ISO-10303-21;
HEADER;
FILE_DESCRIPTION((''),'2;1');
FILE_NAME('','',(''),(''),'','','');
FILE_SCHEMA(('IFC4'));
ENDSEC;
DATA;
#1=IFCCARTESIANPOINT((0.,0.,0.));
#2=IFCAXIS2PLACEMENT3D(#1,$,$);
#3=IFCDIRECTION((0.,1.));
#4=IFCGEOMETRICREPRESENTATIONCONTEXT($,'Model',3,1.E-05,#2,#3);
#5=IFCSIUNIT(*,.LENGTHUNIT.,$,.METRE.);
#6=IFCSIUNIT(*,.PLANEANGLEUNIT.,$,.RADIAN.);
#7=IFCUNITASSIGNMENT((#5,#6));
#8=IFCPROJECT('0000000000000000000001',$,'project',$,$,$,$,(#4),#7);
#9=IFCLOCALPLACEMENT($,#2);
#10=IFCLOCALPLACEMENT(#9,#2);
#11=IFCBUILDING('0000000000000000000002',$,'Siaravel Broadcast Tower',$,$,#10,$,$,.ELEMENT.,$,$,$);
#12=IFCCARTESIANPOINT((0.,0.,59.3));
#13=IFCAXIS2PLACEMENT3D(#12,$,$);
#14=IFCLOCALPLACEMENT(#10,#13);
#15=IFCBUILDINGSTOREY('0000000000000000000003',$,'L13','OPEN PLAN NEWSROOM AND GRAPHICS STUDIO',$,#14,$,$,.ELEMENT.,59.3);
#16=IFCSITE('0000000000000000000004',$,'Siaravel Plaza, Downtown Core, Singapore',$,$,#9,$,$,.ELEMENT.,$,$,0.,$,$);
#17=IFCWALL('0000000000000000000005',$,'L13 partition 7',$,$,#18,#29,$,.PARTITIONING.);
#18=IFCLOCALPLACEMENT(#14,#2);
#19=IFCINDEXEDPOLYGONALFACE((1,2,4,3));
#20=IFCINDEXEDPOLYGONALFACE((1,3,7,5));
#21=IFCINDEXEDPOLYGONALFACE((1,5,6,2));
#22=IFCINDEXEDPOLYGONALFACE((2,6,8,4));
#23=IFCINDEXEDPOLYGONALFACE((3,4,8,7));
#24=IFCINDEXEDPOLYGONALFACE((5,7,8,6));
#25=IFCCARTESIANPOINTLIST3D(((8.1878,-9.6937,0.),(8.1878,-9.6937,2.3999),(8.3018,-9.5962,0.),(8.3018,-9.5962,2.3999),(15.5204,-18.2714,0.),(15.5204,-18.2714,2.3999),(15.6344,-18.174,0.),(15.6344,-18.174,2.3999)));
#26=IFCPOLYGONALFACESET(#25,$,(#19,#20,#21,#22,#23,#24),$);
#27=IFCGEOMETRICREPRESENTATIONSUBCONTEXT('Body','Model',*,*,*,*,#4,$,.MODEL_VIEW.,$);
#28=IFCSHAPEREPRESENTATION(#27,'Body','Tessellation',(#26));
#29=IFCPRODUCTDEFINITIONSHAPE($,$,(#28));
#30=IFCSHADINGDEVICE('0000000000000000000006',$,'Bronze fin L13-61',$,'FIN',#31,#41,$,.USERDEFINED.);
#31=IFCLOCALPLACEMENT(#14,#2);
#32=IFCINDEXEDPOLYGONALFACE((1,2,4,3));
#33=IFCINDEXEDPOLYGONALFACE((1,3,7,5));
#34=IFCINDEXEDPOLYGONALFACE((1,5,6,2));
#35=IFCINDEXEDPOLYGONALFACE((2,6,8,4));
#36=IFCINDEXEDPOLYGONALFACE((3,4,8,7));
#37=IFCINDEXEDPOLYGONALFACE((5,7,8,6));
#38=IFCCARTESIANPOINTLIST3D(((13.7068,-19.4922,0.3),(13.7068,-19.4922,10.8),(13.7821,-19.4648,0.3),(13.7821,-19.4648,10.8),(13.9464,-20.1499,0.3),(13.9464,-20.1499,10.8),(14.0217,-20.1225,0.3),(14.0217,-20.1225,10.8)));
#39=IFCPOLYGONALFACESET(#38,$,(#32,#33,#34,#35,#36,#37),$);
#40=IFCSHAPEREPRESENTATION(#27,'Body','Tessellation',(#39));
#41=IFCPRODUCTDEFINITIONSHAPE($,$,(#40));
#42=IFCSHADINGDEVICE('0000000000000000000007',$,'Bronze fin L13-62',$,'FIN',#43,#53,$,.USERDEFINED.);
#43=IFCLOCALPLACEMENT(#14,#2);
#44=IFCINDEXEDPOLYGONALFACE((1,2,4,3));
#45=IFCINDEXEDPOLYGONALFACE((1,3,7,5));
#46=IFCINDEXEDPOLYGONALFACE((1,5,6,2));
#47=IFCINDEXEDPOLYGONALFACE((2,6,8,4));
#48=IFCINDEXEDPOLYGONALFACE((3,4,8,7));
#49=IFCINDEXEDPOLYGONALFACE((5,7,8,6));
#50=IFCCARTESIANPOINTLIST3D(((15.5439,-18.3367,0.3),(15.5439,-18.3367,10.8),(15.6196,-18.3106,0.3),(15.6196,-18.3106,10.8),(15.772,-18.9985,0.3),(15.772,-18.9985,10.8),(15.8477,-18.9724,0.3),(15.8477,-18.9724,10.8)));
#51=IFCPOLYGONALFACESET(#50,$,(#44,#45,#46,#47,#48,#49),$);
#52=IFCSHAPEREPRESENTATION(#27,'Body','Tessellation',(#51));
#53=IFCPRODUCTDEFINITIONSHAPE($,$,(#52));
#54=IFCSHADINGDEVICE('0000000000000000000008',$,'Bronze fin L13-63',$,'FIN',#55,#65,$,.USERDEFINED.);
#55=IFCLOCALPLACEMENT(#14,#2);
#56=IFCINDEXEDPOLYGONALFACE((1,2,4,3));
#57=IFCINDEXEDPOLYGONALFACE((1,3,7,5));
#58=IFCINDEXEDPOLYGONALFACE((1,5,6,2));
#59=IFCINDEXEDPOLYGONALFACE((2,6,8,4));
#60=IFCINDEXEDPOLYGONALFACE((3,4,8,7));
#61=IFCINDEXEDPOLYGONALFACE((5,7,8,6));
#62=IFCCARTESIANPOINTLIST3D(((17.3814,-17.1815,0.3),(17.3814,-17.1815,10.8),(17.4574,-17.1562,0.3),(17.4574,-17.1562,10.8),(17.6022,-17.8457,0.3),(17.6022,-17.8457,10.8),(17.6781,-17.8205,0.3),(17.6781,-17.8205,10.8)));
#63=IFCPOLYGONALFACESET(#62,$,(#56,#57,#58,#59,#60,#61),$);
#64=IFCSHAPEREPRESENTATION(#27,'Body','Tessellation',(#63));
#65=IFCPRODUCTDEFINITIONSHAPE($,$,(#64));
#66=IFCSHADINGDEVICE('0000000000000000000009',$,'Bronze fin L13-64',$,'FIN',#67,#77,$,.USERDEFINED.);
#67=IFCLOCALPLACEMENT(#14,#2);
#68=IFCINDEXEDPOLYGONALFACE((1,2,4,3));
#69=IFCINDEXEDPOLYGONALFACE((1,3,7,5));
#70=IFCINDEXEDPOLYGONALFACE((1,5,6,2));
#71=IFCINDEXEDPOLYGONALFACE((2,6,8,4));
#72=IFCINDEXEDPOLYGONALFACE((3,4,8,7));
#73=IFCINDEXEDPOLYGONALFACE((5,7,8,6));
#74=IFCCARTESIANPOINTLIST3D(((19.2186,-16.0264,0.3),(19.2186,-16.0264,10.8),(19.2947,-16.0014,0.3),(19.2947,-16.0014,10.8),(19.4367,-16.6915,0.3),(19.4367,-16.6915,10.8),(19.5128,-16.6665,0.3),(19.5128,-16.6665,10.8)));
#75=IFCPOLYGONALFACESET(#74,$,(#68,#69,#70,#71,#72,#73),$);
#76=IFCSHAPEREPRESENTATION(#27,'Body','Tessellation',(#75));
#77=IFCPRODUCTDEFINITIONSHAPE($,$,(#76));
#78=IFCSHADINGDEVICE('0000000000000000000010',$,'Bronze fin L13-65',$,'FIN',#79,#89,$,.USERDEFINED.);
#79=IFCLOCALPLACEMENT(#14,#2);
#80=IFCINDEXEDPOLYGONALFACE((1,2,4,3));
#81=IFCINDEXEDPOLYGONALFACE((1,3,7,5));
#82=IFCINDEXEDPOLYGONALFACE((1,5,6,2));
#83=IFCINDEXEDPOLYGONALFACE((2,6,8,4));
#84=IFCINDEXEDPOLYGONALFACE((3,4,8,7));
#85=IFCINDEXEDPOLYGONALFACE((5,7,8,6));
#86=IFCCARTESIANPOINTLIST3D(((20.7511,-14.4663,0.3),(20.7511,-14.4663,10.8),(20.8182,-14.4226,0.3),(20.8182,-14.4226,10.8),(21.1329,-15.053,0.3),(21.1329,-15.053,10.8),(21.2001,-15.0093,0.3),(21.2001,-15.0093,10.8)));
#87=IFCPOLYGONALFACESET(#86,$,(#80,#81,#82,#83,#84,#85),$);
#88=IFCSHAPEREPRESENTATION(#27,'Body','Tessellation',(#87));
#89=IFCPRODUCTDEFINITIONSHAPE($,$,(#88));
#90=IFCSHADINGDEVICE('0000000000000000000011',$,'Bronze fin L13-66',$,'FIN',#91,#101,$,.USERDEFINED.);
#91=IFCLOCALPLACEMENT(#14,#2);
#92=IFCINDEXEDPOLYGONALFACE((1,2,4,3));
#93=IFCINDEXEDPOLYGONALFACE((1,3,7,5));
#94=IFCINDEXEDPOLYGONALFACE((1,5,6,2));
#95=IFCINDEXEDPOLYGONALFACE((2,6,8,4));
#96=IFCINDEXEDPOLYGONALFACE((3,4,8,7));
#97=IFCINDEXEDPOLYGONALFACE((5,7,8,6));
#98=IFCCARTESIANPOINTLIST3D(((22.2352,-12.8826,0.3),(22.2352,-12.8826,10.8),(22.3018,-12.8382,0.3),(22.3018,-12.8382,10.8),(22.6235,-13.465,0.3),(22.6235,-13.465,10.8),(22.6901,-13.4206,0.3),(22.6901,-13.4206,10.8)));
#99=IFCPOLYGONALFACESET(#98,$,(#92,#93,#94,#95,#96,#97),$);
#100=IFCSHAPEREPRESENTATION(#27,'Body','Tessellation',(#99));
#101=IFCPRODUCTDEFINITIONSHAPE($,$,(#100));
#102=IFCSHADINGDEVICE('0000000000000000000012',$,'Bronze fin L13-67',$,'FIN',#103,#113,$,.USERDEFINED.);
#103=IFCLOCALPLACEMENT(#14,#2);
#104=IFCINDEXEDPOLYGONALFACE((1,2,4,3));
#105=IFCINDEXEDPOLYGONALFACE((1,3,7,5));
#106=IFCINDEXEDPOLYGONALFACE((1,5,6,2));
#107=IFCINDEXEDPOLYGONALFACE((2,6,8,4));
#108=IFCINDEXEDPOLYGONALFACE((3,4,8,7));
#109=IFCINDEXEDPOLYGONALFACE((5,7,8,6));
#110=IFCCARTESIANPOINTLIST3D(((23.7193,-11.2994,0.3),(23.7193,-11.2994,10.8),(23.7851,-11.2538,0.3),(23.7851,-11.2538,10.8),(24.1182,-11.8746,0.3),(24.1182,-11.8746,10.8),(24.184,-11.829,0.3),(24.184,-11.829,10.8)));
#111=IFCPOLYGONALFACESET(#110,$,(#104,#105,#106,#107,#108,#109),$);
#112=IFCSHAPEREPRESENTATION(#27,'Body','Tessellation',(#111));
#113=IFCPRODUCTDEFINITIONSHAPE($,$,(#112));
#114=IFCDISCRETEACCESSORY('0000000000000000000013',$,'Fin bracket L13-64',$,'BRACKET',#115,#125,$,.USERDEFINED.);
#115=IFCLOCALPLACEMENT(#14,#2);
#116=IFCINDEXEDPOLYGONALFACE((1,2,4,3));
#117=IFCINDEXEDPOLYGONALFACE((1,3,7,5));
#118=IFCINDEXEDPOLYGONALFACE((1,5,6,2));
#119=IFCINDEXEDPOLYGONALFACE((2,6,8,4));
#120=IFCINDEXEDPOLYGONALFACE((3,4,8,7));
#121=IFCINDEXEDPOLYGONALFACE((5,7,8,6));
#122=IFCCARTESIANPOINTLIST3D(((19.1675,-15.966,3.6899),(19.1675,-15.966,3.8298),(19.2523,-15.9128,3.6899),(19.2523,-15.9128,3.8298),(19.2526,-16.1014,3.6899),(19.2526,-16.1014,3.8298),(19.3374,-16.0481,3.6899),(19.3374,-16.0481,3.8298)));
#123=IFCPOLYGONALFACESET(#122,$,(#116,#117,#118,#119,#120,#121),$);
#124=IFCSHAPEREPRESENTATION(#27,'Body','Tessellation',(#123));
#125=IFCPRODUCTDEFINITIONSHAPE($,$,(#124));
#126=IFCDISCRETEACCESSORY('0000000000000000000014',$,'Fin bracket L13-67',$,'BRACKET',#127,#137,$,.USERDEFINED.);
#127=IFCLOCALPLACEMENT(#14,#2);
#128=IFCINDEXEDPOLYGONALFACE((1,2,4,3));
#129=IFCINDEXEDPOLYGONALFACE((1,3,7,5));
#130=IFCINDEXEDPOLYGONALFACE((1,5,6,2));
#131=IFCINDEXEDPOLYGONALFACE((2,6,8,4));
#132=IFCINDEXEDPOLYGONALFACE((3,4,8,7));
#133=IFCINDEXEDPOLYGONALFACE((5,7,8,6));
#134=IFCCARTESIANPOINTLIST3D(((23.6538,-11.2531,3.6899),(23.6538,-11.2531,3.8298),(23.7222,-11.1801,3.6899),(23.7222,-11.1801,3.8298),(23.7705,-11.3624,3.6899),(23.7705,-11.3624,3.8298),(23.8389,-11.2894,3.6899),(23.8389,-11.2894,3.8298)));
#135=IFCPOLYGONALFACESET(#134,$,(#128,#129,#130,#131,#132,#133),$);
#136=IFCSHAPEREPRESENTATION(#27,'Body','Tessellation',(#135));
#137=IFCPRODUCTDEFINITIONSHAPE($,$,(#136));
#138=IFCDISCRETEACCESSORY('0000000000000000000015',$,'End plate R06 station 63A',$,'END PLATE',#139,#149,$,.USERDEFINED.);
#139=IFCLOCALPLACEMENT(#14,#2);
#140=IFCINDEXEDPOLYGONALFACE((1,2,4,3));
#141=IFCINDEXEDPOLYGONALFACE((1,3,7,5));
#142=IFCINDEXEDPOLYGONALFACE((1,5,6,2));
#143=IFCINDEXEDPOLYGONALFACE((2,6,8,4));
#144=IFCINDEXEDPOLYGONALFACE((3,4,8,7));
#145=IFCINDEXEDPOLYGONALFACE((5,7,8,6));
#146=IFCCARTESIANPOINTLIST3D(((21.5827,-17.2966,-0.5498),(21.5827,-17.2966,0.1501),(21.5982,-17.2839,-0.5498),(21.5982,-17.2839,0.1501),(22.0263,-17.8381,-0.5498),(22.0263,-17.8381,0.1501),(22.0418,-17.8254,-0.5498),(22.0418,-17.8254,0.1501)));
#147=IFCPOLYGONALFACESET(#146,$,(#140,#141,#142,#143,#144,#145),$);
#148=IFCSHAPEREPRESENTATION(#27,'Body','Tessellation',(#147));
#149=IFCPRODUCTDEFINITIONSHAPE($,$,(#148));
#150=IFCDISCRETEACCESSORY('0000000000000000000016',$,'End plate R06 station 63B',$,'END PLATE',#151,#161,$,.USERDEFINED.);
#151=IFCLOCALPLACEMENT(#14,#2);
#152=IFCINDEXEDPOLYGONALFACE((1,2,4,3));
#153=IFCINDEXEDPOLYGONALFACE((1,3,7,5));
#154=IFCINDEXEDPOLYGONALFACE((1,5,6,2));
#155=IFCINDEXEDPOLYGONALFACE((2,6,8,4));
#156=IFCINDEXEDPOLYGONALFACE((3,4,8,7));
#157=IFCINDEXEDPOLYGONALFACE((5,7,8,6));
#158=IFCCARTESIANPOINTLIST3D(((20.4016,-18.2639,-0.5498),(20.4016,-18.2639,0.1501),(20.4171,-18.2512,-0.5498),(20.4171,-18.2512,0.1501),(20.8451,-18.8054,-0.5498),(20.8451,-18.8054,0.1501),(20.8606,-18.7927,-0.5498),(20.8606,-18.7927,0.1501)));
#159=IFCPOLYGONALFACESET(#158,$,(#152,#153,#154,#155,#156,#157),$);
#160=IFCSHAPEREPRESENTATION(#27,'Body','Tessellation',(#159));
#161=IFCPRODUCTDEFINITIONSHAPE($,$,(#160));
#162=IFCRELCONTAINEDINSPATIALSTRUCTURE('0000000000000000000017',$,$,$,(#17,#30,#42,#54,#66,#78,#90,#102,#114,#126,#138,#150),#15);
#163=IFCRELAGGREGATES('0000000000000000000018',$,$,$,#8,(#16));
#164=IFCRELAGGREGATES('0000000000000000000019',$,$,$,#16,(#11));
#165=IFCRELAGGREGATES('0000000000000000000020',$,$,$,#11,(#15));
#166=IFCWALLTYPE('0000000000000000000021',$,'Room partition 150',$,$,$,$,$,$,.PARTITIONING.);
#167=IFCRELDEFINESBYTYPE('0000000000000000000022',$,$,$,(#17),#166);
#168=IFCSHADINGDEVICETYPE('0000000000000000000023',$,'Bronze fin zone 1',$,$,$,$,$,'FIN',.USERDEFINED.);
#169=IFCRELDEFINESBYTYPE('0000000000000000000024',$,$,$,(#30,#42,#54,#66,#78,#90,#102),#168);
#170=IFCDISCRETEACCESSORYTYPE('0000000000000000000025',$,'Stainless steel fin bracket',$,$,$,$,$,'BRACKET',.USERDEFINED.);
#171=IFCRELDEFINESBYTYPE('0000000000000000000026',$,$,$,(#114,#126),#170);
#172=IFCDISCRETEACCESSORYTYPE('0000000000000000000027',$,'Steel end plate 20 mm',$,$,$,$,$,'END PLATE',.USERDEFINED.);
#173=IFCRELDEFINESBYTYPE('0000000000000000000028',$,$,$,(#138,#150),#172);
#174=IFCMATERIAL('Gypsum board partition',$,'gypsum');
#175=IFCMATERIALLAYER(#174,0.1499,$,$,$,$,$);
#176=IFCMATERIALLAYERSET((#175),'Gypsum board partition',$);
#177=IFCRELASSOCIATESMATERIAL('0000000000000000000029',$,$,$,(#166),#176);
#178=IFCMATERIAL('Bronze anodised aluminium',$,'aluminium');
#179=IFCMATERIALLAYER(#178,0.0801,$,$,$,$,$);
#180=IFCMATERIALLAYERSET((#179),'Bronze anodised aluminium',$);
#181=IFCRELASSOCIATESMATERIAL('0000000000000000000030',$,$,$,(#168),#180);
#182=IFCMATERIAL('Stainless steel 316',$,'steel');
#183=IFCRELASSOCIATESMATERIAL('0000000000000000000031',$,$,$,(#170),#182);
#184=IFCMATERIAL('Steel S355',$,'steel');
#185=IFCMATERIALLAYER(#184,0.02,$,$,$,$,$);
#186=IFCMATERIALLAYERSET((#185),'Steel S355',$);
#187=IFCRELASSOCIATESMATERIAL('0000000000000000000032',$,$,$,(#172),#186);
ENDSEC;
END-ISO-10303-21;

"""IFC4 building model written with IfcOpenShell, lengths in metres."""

from ifc_helpers import new_model, si_unit, direction, frame, frame_2d, origin, origin_2d, place, context, subcontext, project, spatial, rectangle, extrude, material, layer, layer_set, type_object, element, save


model = new_model("IFC4")

# Units and contexts
model_context = context("Model", 3, precision=1e-05, world=origin(), true_north=direction((0.0, 1.0)))
body_context = subcontext(model_context, "Body", "Model", "MODEL_VIEW")
ifc_project = project(units=[si_unit("LENGTHUNIT", "METRE"), si_unit("PLANEANGLEUNIT", "RADIAN")], contexts=[model_context])

# Site, building, storey
site_placement = place(None, origin())
site = spatial("IfcSite", under=ifc_project, at=site_placement, Name="Siaravel Plaza, Downtown Core, Singapore", CompositionType="ELEMENT", RefElevation=0.0)
building_placement = place(site_placement, origin())
building = spatial("IfcBuilding", under=site, at=building_placement, Name="Siaravel Broadcast Tower", CompositionType="ELEMENT")
storey_placement = place(building_placement, frame((0.0, 0.0, 59.3)))
storey = spatial("IfcBuildingStorey", under=building, at=storey_placement, Name="L13", Description="OPEN PLAN NEWSROOM AND GRAPHICS STUDIO", CompositionType="ELEMENT", Elevation=59.3)

# Shared definitions
ifc_material_1 = material(Name="Steel S355", Category="steel")

# Wall
ifc_material_2 = material(Name="Gypsum board partition", Category="gypsum")
ifc_layer_1 = layer(ifc_material_2, 0.1499)
ifc_layer_set_1 = layer_set([ifc_layer_1], Name="Gypsum board partition")
wall_type = type_object("IfcWallType", Name="Room partition 150", PredefinedType="PARTITIONING", material=ifc_layer_set_1)
wall_placement = place(storey_placement, frame((15.5774, -18.2227, 0.0), z_axis=(0.0, 0.0, 1.0), x_axis=(-0.649782, 0.76012, 0.0)))
element("IfcWall", 1, at=wall_placement, inside=storey, type_object=wall_type, Name="L13 partition 7", PredefinedType="PARTITIONING", context=body_context, shape_type="SweptSolid", body=[
    extrude(rectangle(XDim=11.2847, YDim=0.1499, at=frame_2d((5.6423, 0.0))), origin(), (0.0, 0.0, 1.0), 2.3999),
])

# Shading devices
ifc_material_3 = material(Name="Bronze anodised aluminium", Category="aluminium")
ifc_layer_2 = layer(ifc_material_3, 0.0801)
ifc_layer_set_2 = layer_set([ifc_layer_2], Name="Bronze anodised aluminium")
shading_device_type = type_object("IfcShadingDeviceType", Name="Bronze fin zone 1", ElementType="FIN", PredefinedType="USERDEFINED", material=ifc_layer_set_2)
for number, where, z_axis, x_axis, name in (
    (2, (13.8643, -19.8074, 0.3), (0.0, 0.0, 1.0), (0.342297, -0.939592, 0.0), "Bronze fin L13-61"),
    (3, (15.6958, -18.6545, 0.3), (0.0, 0.0, 1.0), (0.325788, -0.945443, 0.0), "Bronze fin L13-62"),
    (4, (17.5298, -17.501, 0.3), (0.0, 0.0, 1.0), (0.315358, -0.948973, 0.0), "Bronze fin L13-63"),
    (5, (19.3657, -16.3464, 0.3), (0.0, 0.0, 1.0), (0.311536, -0.950234, 0.0), "Bronze fin L13-64"),
    (6, (20.9756, -14.7378, 0.3), (0.0, 0.0, 1.0), (0.545513, -0.838103, 0.0), "Bronze fin L13-65"),
    (7, (22.4626, -13.1516, 0.3), (0.0, 0.0, 1.0), (0.554734, -0.832028, 0.0), "Bronze fin L13-66"),
    (8, (23.9517, -11.5642, 0.3), (0.0, 0.0, 1.0), (0.56985, -0.821748, 0.0), "Bronze fin L13-67"),
):
    element("IfcShadingDevice", number, at=place(storey_placement, frame(where, z_axis=z_axis, x_axis=x_axis)), inside=storey, type_object=shading_device_type, Name=name, ObjectType="FIN", PredefinedType="USERDEFINED", context=body_context, shape_type="SweptSolid", body=[
        extrude(rectangle(XDim=0.7, YDim=0.0801, at=origin_2d()), origin(), (0.0, 0.0, 1.0), 10.5),
    ])

# Discrete accessories
ifc_material_4 = material(Name="Stainless steel 316", Category="steel")
discrete_accessory_type_1 = type_object("IfcDiscreteAccessoryType", Name="Stainless steel fin bracket", ElementType="BRACKET", PredefinedType="USERDEFINED", material=ifc_material_4)
for number, where, z_axis, x_axis, name in (
    (9, (19.2524, -16.0071, 3.6899), (0.0, 0.0, 1.0), (0.532148, -0.846651, 0.0), "Fin bracket L13-64"),
    (10, (23.7463, -11.2712, 3.6899), (0.0, 0.0, 1.0), (0.729804, -0.683656, 0.0), "Fin bracket L13-67"),
):
    element("IfcDiscreteAccessory", number, at=place(storey_placement, frame(where, z_axis=z_axis, x_axis=x_axis)), inside=storey, type_object=discrete_accessory_type_1, Name=name, ObjectType="BRACKET", PredefinedType="USERDEFINED", context=body_context, shape_type="SweptSolid", body=[
        extrude(rectangle(XDim=0.1599, YDim=0.1001, at=origin_2d()), origin(), (0.0, 0.0, 1.0), 0.1399),
    ])
ifc_layer_3 = layer(ifc_material_1, 0.02)
ifc_layer_set_3 = layer_set([ifc_layer_3], Name="Steel S355")
discrete_accessory_type_2 = type_object("IfcDiscreteAccessoryType", Name="Steel end plate 20 mm", ElementType="END PLATE", PredefinedType="USERDEFINED", material=ifc_layer_set_3)
for number, where, z_axis, x_axis, name in (
    (11, (21.8123, -17.561, -0.5498), (0.0, 0.0, 1.0), (0.773605, 0.633669, 0.0), "End plate R06 station 63A"),
    (12, (20.6311, -18.5283, -0.5498), (0.0, 0.0, 1.0), (0.773605, 0.633669, 0.0), "End plate R06 station 63B"),
):
    element("IfcDiscreteAccessory", number, at=place(storey_placement, frame(where, z_axis=z_axis, x_axis=x_axis)), inside=storey, type_object=discrete_accessory_type_2, Name=name, ObjectType="END PLATE", PredefinedType="USERDEFINED", context=body_context, shape_type="SweptSolid", body=[
        extrude(rectangle(XDim=0.02, YDim=0.7, at=origin_2d()), origin(), (0.0, 0.0, 1.0), 0.7),
    ])

save(model, "model.ifc")
